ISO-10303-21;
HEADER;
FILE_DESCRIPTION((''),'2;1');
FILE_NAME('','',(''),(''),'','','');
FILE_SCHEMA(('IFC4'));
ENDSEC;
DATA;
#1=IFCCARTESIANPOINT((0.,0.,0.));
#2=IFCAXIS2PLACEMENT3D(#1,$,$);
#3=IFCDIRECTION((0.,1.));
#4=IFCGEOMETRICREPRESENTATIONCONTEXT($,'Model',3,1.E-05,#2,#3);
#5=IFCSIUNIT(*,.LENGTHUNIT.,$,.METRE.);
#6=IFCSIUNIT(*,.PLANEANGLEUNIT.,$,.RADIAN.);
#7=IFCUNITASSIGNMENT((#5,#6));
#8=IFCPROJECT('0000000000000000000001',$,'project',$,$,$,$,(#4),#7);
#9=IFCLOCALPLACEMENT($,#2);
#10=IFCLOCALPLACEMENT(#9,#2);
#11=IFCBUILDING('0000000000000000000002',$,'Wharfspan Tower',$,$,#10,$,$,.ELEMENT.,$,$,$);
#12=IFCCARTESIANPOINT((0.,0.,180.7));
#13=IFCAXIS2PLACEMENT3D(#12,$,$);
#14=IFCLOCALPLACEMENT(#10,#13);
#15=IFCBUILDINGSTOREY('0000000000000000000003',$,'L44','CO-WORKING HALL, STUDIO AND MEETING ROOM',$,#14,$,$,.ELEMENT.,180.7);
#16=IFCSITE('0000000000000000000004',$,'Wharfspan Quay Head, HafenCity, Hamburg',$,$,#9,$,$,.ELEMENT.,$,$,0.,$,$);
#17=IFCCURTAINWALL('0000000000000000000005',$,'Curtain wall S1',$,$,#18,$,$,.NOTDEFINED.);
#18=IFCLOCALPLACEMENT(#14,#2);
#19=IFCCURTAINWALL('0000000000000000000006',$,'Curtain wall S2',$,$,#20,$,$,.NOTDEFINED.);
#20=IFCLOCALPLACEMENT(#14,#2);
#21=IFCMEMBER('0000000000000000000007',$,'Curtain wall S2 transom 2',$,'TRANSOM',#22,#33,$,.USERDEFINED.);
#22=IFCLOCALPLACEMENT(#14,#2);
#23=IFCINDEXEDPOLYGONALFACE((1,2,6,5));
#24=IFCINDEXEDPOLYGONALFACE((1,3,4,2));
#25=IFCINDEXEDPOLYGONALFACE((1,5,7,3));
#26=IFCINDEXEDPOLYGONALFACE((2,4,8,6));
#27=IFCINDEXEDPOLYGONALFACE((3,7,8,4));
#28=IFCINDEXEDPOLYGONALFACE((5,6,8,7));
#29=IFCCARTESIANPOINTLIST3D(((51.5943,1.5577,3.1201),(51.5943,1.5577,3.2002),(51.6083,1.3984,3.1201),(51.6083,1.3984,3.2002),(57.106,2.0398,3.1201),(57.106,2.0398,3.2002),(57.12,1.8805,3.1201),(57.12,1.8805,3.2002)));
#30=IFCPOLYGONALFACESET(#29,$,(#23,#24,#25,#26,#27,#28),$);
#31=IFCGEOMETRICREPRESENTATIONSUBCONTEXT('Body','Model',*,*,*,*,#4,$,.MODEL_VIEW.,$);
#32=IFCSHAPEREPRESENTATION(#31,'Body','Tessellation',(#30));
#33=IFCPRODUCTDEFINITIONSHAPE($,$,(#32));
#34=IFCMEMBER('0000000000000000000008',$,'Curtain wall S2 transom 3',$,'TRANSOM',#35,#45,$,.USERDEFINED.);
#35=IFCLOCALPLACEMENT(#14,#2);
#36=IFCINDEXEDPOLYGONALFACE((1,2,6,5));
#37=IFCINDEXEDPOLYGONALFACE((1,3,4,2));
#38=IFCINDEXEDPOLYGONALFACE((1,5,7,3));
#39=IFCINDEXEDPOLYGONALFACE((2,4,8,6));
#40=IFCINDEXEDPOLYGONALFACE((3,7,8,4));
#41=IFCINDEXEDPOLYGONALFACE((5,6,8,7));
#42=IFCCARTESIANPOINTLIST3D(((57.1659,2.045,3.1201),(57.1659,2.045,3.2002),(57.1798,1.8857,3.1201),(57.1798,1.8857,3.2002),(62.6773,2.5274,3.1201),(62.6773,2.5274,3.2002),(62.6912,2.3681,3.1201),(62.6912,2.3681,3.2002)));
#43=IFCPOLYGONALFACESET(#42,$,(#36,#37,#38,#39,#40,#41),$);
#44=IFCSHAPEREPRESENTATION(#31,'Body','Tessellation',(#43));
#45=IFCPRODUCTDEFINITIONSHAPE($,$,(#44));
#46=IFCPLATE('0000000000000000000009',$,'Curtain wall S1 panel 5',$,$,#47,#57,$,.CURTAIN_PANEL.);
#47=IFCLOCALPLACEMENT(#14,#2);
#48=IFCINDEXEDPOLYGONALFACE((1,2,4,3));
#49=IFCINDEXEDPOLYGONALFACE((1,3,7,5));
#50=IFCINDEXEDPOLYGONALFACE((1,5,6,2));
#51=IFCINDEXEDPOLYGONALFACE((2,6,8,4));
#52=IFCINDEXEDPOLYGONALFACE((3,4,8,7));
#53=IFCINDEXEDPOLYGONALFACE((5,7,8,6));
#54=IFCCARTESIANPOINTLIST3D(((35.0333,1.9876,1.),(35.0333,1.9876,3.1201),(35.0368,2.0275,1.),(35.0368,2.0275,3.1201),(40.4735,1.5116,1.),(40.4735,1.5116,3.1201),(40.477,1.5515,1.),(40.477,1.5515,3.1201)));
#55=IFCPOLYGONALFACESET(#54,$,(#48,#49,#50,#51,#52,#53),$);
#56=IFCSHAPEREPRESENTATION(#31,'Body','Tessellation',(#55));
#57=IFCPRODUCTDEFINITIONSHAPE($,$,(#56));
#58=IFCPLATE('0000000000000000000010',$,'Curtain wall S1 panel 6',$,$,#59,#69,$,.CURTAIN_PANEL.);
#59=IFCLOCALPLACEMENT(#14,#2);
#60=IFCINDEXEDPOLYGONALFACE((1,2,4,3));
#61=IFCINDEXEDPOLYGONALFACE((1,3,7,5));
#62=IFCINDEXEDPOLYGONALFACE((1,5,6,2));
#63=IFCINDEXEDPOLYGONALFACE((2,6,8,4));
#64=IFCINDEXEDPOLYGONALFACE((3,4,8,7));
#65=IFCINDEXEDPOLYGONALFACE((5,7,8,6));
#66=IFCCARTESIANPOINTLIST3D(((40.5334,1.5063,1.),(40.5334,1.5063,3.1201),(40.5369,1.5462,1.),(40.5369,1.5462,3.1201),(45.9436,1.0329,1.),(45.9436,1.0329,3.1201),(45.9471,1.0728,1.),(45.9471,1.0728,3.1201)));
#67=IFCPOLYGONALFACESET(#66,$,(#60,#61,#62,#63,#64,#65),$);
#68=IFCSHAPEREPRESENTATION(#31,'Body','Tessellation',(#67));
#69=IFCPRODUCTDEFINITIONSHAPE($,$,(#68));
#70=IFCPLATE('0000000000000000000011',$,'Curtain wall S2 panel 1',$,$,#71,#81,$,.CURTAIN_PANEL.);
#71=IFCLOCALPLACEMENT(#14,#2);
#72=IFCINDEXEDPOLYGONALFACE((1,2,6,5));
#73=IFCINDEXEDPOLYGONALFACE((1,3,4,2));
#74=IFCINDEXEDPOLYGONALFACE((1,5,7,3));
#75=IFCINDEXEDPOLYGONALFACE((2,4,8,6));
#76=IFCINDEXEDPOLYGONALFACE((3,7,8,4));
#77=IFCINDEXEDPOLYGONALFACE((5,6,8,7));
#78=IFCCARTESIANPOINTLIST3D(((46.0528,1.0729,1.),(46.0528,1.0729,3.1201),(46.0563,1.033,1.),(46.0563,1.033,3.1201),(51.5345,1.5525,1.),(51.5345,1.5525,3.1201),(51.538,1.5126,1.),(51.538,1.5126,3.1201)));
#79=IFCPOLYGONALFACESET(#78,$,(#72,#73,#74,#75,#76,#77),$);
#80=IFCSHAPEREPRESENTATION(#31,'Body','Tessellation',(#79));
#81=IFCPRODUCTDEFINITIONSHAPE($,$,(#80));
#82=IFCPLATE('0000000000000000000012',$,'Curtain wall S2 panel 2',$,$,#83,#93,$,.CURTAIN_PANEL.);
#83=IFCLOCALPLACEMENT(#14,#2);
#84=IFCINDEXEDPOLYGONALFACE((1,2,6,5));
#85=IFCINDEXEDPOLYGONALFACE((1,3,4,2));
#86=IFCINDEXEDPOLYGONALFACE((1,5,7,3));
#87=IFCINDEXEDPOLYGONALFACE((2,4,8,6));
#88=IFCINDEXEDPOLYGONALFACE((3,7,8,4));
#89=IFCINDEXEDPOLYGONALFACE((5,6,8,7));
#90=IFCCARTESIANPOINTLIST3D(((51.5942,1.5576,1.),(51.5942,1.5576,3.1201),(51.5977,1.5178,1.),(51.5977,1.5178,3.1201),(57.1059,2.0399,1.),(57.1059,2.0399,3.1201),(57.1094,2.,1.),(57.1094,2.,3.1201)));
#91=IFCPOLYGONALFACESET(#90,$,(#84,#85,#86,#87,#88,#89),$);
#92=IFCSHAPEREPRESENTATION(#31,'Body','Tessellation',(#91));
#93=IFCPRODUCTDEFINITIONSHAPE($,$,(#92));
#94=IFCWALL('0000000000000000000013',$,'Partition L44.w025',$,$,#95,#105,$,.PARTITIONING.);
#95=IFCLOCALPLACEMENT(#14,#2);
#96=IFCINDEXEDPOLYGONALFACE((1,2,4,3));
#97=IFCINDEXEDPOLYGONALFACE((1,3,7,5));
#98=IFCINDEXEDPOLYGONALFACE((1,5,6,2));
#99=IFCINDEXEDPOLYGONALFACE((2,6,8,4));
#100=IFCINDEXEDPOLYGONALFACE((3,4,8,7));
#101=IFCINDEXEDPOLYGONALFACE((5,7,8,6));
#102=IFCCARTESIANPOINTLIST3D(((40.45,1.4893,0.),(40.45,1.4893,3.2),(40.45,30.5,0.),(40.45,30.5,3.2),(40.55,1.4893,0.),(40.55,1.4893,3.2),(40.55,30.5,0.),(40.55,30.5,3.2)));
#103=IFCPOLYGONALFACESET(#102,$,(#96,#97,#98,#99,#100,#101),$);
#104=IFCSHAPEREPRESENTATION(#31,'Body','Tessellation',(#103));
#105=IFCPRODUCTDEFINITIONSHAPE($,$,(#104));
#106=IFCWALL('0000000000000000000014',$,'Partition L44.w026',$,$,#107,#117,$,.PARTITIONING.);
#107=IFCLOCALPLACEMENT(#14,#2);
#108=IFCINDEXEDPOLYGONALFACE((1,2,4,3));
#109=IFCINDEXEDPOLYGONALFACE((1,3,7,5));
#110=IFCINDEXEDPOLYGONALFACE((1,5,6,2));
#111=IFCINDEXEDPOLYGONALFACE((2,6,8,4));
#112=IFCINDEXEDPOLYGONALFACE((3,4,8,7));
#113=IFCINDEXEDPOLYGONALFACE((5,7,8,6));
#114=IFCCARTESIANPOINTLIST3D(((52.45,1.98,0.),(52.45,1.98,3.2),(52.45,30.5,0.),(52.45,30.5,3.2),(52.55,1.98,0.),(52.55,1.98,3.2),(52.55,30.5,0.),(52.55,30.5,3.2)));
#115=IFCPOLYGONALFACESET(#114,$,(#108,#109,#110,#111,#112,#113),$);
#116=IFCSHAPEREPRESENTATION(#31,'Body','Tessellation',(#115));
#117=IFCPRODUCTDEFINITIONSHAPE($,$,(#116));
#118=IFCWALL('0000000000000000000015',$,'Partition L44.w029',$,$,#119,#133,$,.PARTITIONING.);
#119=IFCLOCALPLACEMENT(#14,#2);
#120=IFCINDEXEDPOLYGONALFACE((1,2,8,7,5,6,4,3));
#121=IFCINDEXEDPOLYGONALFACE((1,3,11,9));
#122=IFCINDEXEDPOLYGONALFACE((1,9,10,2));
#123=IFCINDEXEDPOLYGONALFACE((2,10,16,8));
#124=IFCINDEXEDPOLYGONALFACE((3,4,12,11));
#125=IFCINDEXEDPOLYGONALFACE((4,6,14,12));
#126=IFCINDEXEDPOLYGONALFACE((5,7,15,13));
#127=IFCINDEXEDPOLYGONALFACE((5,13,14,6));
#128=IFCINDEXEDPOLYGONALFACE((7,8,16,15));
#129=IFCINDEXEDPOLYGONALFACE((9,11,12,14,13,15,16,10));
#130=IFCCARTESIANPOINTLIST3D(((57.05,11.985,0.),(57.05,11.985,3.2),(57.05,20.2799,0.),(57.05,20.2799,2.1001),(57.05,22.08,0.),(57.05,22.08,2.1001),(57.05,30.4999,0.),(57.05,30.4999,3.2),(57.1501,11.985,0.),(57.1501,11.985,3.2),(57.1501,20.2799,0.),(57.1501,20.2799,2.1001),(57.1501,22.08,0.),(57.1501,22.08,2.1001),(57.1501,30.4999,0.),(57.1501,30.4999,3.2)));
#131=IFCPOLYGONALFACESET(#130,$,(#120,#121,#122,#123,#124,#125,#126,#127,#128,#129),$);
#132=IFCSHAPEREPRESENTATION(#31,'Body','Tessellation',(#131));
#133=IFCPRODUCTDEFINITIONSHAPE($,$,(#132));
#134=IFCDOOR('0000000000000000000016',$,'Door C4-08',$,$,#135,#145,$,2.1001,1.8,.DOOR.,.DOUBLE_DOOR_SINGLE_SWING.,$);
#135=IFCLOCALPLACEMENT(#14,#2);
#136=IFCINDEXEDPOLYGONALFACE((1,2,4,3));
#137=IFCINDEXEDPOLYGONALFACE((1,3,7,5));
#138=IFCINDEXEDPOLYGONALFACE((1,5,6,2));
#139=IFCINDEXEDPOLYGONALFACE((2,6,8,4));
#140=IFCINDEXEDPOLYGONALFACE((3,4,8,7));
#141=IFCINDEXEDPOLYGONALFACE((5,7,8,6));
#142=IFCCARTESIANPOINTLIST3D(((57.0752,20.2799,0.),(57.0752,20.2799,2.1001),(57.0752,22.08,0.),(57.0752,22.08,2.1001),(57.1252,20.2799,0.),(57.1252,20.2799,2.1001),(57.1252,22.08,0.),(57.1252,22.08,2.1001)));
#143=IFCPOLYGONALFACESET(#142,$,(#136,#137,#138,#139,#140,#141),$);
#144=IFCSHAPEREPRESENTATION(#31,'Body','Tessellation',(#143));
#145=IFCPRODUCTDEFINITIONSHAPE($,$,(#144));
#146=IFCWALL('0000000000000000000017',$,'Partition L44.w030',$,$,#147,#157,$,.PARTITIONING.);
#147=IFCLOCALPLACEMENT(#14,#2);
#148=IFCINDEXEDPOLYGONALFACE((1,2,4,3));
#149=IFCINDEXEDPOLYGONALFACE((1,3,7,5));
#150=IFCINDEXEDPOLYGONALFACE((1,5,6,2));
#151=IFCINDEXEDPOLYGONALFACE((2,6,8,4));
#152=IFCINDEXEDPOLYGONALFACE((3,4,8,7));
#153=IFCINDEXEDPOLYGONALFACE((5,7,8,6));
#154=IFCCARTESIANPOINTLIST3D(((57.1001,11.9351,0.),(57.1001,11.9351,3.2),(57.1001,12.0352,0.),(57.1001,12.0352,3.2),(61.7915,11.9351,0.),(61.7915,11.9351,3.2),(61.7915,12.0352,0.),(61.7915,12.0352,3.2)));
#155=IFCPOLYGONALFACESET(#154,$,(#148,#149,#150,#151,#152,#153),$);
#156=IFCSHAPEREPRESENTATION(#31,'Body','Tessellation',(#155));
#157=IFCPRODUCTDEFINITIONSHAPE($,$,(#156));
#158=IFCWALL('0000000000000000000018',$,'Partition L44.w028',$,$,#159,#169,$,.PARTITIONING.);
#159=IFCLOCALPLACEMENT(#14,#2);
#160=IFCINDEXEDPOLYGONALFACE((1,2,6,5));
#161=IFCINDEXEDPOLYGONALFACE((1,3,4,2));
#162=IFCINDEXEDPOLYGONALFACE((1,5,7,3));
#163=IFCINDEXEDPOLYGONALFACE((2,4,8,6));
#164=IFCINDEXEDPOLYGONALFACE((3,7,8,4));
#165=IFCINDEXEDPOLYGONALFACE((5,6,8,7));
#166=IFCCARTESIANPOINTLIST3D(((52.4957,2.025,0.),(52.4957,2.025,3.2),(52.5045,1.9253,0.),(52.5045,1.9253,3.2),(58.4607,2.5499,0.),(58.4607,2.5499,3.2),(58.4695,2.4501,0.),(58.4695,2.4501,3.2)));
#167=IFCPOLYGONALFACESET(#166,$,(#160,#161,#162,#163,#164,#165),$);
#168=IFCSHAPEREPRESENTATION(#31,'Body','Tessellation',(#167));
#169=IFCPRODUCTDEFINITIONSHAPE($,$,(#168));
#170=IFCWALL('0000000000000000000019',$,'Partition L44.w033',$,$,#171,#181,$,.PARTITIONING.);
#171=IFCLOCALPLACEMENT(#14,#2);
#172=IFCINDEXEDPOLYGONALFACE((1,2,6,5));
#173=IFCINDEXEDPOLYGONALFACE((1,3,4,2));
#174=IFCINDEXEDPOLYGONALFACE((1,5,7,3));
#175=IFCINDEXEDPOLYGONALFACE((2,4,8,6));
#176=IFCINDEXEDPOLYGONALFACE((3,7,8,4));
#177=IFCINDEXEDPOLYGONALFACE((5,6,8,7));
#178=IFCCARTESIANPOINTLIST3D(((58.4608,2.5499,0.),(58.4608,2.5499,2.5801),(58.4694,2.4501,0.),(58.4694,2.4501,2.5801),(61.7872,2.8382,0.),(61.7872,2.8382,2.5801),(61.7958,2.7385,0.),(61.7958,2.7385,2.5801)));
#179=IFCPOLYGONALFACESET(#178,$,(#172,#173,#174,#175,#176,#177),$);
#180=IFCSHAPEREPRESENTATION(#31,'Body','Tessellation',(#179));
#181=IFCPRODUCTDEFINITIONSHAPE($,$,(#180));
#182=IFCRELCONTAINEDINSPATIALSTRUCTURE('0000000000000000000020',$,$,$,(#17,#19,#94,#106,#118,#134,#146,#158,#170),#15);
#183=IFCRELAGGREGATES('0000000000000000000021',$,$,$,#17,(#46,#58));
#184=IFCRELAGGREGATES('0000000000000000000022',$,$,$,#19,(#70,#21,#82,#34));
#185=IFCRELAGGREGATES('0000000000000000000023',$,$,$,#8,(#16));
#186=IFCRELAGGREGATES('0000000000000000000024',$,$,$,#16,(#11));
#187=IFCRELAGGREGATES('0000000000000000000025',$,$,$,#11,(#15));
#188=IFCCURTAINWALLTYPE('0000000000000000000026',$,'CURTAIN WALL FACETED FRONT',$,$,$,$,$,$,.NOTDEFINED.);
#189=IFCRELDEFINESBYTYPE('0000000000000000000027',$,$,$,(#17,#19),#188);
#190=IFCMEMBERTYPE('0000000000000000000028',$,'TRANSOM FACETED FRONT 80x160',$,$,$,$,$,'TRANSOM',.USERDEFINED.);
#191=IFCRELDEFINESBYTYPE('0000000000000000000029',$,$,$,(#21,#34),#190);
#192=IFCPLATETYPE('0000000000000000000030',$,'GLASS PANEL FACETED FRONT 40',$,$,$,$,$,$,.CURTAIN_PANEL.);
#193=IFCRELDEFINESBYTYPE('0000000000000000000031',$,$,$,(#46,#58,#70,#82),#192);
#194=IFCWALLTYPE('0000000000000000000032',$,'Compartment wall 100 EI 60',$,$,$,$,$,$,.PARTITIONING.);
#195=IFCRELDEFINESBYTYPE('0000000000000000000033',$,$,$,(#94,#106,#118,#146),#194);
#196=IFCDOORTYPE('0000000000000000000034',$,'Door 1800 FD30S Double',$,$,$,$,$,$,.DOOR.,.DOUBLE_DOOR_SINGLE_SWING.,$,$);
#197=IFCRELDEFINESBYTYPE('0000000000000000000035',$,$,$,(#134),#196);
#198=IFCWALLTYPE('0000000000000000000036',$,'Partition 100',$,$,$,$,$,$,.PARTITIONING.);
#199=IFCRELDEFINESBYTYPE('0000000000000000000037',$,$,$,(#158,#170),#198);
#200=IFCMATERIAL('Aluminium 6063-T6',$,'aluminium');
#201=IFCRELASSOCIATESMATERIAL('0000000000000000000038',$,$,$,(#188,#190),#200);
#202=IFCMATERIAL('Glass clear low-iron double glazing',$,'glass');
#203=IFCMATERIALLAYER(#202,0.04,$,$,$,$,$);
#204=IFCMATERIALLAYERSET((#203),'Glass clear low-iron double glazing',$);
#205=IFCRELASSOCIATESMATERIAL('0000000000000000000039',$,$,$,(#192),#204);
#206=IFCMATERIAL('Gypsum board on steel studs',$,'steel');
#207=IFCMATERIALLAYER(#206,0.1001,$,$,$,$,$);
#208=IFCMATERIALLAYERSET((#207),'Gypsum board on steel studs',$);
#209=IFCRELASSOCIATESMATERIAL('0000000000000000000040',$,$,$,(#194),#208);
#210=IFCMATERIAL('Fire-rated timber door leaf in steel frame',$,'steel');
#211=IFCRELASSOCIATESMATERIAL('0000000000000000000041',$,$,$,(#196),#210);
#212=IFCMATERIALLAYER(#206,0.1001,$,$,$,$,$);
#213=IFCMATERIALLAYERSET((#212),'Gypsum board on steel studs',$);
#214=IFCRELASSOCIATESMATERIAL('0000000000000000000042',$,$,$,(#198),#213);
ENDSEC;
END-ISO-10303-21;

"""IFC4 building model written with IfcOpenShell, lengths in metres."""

from ifc_helpers import new_model, si_unit, direction, frame, frame_2d, origin, origin_2d, place, context, subcontext, project, spatial, rectangle, extrude, material, layer, layer_set, material_profile, profile_set, type_object, element, fill, aggregate, save


model = new_model("IFC4")

# Units and contexts
model_context = context("Model", 3, precision=1e-05, world=origin(), true_north=direction((0.0, 1.0)))
body_context = subcontext(model_context, "Body", "Model", "MODEL_VIEW")
ifc_project = project(units=[si_unit("LENGTHUNIT", "METRE"), si_unit("PLANEANGLEUNIT", "RADIAN")], contexts=[model_context])

# Site, building, storey
site_placement = place(None, origin())
site = spatial("IfcSite", under=ifc_project, at=site_placement, Name="Wharfspan Quay Head, HafenCity, Hamburg", CompositionType="ELEMENT", RefElevation=0.0)
building_placement = place(site_placement, origin())
building = spatial("IfcBuilding", under=site, at=building_placement, Name="Wharfspan Tower", CompositionType="ELEMENT")
storey_placement = place(building_placement, frame((0.0, 0.0, 180.7)))
storey = spatial("IfcBuildingStorey", under=building, at=storey_placement, Name="L44", Description="CO-WORKING HALL, STUDIO AND MEETING ROOM", CompositionType="ELEMENT", Elevation=180.7)

# Curtain walls
ifc_material_1 = material(Name="Aluminium 6063-T6", Category="aluminium")
curtain_wall_type = type_object("IfcCurtainWallType", Name="CURTAIN WALL FACETED FRONT", PredefinedType="NOTDEFINED", material=ifc_material_1)
curtain_wall_1_placement = place(storey_placement, origin())
curtain_wall_1 = element("IfcCurtainWall", 1, at=curtain_wall_1_placement, inside=storey, type_object=curtain_wall_type, Name="Curtain wall S1", PredefinedType="NOTDEFINED")
curtain_wall_2_placement = place(storey_placement, origin())
curtain_wall_2 = element("IfcCurtainWall", 2, at=curtain_wall_2_placement, inside=storey, type_object=curtain_wall_type, Name="Curtain wall S2", PredefinedType="NOTDEFINED")

# Members
ifc_material_profile_1 = material_profile(ifc_material_1, rectangle(XDim=0.1599, YDim=0.0801, at=origin_2d()))
ifc_profile_set_1 = profile_set([ifc_material_profile_1], Name="Aluminium 6063-T6")
member_type_1 = type_object("IfcMemberType", Name="TRANSOM FACETED FRONT 80x160", ElementType="TRANSOM", PredefinedType="USERDEFINED", material=ifc_profile_set_1)
member_1_placement = place(storey_placement, frame((51.6013, 1.478, 3.1602), z_axis=(0.996195, 0.087149, 0.0), x_axis=(-0.087149, 0.996195, 0.0)))
member_1 = element("IfcMember", 3, at=member_1_placement, type_object=member_type_1, Name="Curtain wall S2 transom 2", ObjectType="TRANSOM", PredefinedType="USERDEFINED", context=body_context, shape_type="SweptSolid", body=[
    extrude(rectangle(XDim=0.1599, YDim=0.0801, at=origin_2d()), origin(), (0.0, 0.0, 1.0), 5.5327),
])
member_2_placement = place(storey_placement, frame((57.1729, 1.9653, 3.1602), z_axis=(0.996191, 0.087197, 0.0), x_axis=(-0.087197, 0.996191, 0.0)))
member_2 = element("IfcMember", 4, at=member_2_placement, type_object=member_type_1, Name="Curtain wall S2 transom 3", ObjectType="TRANSOM", PredefinedType="USERDEFINED", context=body_context, shape_type="SweptSolid", body=[
    extrude(rectangle(XDim=0.1599, YDim=0.0801, at=origin_2d()), origin(), (0.0, 0.0, 1.0), 5.5325),
])

# Plates
ifc_material_2 = material(Name="Glass clear low-iron double glazing", Category="glass")
ifc_layer_1 = layer(ifc_material_2, 0.04)
ifc_layer_set_1 = layer_set([ifc_layer_1], Name="Glass clear low-iron double glazing")
plate_type = type_object("IfcPlateType", Name="GLASS PANEL FACETED FRONT 40", PredefinedType="CURTAIN_PANEL", material=ifc_layer_set_1)
plate_1_placement = place(storey_placement, frame((37.7551, 1.7695, 1.0), z_axis=(0.0, 0.0, 1.0), x_axis=(0.996198, -0.087156, 0.0)))
plate_1 = element("IfcPlate", 5, at=plate_1_placement, type_object=plate_type, Name="Curtain wall S1 panel 5", PredefinedType="CURTAIN_PANEL", context=body_context, shape_type="SweptSolid", body=[
    extrude(rectangle(XDim=5.4609, YDim=0.04, at=origin_2d()), origin(), (0.0, 0.0, 1.0), 2.1201),
])
plate_2_placement = place(storey_placement, frame((43.2402, 1.2896, 1.0), z_axis=(0.0, 0.0, 1.0), x_axis=(0.996198, -0.087156, 0.0)))
plate_2 = element("IfcPlate", 6, at=plate_2_placement, type_object=plate_type, Name="Curtain wall S1 panel 6", PredefinedType="CURTAIN_PANEL", context=body_context, shape_type="SweptSolid", body=[
    extrude(rectangle(XDim=5.4309, YDim=0.04, at=origin_2d()), origin(), (0.0, 0.0, 1.0), 2.1201),
])
aggregate(curtain_wall_1, [plate_1, plate_2])
plate_3_placement = place(storey_placement, frame((48.7954, 1.2927, 1.0), z_axis=(0.0, 0.0, 1.0), x_axis=(0.996198, 0.087156, 0.0)))
plate_3 = element("IfcPlate", 7, at=plate_3_placement, type_object=plate_type, Name="Curtain wall S2 panel 1", PredefinedType="CURTAIN_PANEL", context=body_context, shape_type="SweptSolid", body=[
    extrude(rectangle(XDim=5.5027, YDim=0.04, at=origin_2d()), origin(), (0.0, 0.0, 1.0), 2.1201),
])
plate_4_placement = place(storey_placement, frame((54.3518, 1.7788, 1.0), z_axis=(0.0, 0.0, 1.0), x_axis=(0.996198, 0.087156, 0.0)))
plate_4 = element("IfcPlate", 8, at=plate_4_placement, type_object=plate_type, Name="Curtain wall S2 panel 2", PredefinedType="CURTAIN_PANEL", context=body_context, shape_type="SweptSolid", body=[
    extrude(rectangle(XDim=5.5327, YDim=0.04, at=origin_2d()), origin(), (0.0, 0.0, 1.0), 2.1201),
])
aggregate(curtain_wall_2, [plate_3, member_1, plate_4, member_2])

# Walls
ifc_material_3 = material(Name="Gypsum board on steel studs", Category="steel")
ifc_layer_2 = layer(ifc_material_3, 0.1001)
ifc_layer_set_2 = layer_set([ifc_layer_2], Name="Gypsum board on steel studs")
wall_type_1 = type_object("IfcWallType", Name="Compartment wall 100 EI 60", PredefinedType="PARTITIONING", material=ifc_layer_set_2)
wall_1_placement = place(storey_placement, frame((40.5, 1.4893, 0.0), z_axis=(0.0, 0.0, 1.0), x_axis=(0.0, 1.0, 0.0)))
element("IfcWall", 9, at=wall_1_placement, inside=storey, type_object=wall_type_1, Name="Partition L44.w025", PredefinedType="PARTITIONING", context=body_context, shape_type="SweptSolid", body=[
    extrude(rectangle(XDim=29.0107, YDim=0.1001, at=frame_2d((14.5054, 0.0))), origin(), (0.0, 0.0, 1.0), 3.2),
])
wall_2_placement = place(storey_placement, frame((52.5, 1.98, 0.0), z_axis=(0.0, 0.0, 1.0), x_axis=(0.0, 1.0, 0.0)))
element("IfcWall", 10, at=wall_2_placement, inside=storey, type_object=wall_type_1, Name="Partition L44.w026", PredefinedType="PARTITIONING", context=body_context, shape_type="SweptSolid", body=[
    extrude(rectangle(XDim=28.52, YDim=0.1001, at=frame_2d((14.26, 0.0))), origin(), (0.0, 0.0, 1.0), 3.2),
])

# Wall, opening, door
wall_3_placement = place(storey_placement, frame((57.1001, 11.9851, 0.0), z_axis=(0.0, 0.0, 1.0), x_axis=(0.0, 1.0, 0.0)))
wall_3 = element("IfcWall", 11, at=wall_3_placement, inside=storey, type_object=wall_type_1, Name="Partition L44.w029", PredefinedType="PARTITIONING", context=body_context, shape_type="SweptSolid", body=[
    extrude(rectangle(XDim=18.5149, YDim=0.1001, at=frame_2d((9.2573, 0.0))), origin(), (0.0, 0.0, 1.0), 3.2),
])
opening_placement = place(wall_3_placement, frame((8.2949, 0.0, 0.0)))
opening = element("IfcOpeningElement", 12, at=opening_placement, cuts=wall_3, PredefinedType="OPENING", context=body_context, shape_type="SweptSolid", body=[
    extrude(rectangle(XDim=1.8, YDim=2.1001, at=frame_2d((0.8999, 1.05))), frame((0.0, 0.0601, 0.0), z_axis=(0.0, -1.0, 0.0), x_axis=(1.0, 0.0, 0.0)), (0.0, 0.0, 1.0), 0.1201),
])
ifc_material_4 = material(Name="Fire-rated timber door leaf in steel frame", Category="steel")
door_type = type_object("IfcDoorType", Name="Door 1800 FD30S Double", OperationType="DOUBLE_DOOR_SINGLE_SWING", PredefinedType="DOOR", material=ifc_material_4)
door_placement = place(opening_placement, origin())
door = element("IfcDoor", 13, at=door_placement, inside=storey, type_object=door_type, Name="Door C4-08", OperationType="DOUBLE_DOOR_SINGLE_SWING", OverallHeight=2.1001, OverallWidth=1.8, PredefinedType="DOOR", context=body_context, shape_type="SweptSolid", body=[
    extrude(rectangle(XDim=1.8, YDim=2.1001, at=frame_2d((0.8999, 1.05))), frame((0.0, 0.0249, 0.0), z_axis=(0.0, -1.0, 0.0), x_axis=(1.0, 0.0, 0.0)), (0.0, 0.0, 1.0), 0.05),
])
fill(opening, door)

# Walls
wall_4_placement = place(storey_placement, frame((57.1001, 11.9851, 0.0), z_axis=(0.0, 0.0, 1.0), x_axis=(1.0, 0.0, 0.0)))
element("IfcWall", 14, at=wall_4_placement, inside=storey, type_object=wall_type_1, Name="Partition L44.w030", PredefinedType="PARTITIONING", context=body_context, shape_type="SweptSolid", body=[
    extrude(rectangle(XDim=4.6914, YDim=0.1001, at=frame_2d((2.3457, 0.0))), origin(), (0.0, 0.0, 1.0), 3.2),
])
ifc_layer_3 = layer(ifc_material_3, 0.1001)
ifc_layer_set_3 = layer_set([ifc_layer_3], Name="Gypsum board on steel studs")
wall_type_2 = type_object("IfcWallType", Name="Partition 100", PredefinedType="PARTITIONING", material=ifc_layer_set_3)
wall_5_placement = place(storey_placement, frame((52.5, 1.9751, 0.0), z_axis=(0.0, 0.0, 1.0), x_axis=(0.99615, 0.087657, 0.0)))
element("IfcWall", 15, at=wall_5_placement, inside=storey, type_object=wall_type_2, Name="Partition L44.w028", PredefinedType="PARTITIONING", context=body_context, shape_type="SweptSolid", body=[
    extrude(rectangle(XDim=5.988, YDim=0.1001, at=frame_2d((2.9941, 0.0))), origin(), (0.0, 0.0, 1.0), 3.2),
])
wall_6_placement = place(storey_placement, frame((58.4651, 2.5, 0.0), z_axis=(0.0, 0.0, 1.0), x_axis=(0.996263, 0.086355, 0.0)))
element("IfcWall", 16, at=wall_6_placement, inside=storey, type_object=wall_type_2, Name="Partition L44.w033", PredefinedType="PARTITIONING", context=body_context, shape_type="SweptSolid", body=[
    extrude(rectangle(XDim=3.3389, YDim=0.1001, at=frame_2d((1.6694, 0.0))), origin(), (0.0, 0.0, 1.0), 2.5801),
])

save(model, "model.ifc")
